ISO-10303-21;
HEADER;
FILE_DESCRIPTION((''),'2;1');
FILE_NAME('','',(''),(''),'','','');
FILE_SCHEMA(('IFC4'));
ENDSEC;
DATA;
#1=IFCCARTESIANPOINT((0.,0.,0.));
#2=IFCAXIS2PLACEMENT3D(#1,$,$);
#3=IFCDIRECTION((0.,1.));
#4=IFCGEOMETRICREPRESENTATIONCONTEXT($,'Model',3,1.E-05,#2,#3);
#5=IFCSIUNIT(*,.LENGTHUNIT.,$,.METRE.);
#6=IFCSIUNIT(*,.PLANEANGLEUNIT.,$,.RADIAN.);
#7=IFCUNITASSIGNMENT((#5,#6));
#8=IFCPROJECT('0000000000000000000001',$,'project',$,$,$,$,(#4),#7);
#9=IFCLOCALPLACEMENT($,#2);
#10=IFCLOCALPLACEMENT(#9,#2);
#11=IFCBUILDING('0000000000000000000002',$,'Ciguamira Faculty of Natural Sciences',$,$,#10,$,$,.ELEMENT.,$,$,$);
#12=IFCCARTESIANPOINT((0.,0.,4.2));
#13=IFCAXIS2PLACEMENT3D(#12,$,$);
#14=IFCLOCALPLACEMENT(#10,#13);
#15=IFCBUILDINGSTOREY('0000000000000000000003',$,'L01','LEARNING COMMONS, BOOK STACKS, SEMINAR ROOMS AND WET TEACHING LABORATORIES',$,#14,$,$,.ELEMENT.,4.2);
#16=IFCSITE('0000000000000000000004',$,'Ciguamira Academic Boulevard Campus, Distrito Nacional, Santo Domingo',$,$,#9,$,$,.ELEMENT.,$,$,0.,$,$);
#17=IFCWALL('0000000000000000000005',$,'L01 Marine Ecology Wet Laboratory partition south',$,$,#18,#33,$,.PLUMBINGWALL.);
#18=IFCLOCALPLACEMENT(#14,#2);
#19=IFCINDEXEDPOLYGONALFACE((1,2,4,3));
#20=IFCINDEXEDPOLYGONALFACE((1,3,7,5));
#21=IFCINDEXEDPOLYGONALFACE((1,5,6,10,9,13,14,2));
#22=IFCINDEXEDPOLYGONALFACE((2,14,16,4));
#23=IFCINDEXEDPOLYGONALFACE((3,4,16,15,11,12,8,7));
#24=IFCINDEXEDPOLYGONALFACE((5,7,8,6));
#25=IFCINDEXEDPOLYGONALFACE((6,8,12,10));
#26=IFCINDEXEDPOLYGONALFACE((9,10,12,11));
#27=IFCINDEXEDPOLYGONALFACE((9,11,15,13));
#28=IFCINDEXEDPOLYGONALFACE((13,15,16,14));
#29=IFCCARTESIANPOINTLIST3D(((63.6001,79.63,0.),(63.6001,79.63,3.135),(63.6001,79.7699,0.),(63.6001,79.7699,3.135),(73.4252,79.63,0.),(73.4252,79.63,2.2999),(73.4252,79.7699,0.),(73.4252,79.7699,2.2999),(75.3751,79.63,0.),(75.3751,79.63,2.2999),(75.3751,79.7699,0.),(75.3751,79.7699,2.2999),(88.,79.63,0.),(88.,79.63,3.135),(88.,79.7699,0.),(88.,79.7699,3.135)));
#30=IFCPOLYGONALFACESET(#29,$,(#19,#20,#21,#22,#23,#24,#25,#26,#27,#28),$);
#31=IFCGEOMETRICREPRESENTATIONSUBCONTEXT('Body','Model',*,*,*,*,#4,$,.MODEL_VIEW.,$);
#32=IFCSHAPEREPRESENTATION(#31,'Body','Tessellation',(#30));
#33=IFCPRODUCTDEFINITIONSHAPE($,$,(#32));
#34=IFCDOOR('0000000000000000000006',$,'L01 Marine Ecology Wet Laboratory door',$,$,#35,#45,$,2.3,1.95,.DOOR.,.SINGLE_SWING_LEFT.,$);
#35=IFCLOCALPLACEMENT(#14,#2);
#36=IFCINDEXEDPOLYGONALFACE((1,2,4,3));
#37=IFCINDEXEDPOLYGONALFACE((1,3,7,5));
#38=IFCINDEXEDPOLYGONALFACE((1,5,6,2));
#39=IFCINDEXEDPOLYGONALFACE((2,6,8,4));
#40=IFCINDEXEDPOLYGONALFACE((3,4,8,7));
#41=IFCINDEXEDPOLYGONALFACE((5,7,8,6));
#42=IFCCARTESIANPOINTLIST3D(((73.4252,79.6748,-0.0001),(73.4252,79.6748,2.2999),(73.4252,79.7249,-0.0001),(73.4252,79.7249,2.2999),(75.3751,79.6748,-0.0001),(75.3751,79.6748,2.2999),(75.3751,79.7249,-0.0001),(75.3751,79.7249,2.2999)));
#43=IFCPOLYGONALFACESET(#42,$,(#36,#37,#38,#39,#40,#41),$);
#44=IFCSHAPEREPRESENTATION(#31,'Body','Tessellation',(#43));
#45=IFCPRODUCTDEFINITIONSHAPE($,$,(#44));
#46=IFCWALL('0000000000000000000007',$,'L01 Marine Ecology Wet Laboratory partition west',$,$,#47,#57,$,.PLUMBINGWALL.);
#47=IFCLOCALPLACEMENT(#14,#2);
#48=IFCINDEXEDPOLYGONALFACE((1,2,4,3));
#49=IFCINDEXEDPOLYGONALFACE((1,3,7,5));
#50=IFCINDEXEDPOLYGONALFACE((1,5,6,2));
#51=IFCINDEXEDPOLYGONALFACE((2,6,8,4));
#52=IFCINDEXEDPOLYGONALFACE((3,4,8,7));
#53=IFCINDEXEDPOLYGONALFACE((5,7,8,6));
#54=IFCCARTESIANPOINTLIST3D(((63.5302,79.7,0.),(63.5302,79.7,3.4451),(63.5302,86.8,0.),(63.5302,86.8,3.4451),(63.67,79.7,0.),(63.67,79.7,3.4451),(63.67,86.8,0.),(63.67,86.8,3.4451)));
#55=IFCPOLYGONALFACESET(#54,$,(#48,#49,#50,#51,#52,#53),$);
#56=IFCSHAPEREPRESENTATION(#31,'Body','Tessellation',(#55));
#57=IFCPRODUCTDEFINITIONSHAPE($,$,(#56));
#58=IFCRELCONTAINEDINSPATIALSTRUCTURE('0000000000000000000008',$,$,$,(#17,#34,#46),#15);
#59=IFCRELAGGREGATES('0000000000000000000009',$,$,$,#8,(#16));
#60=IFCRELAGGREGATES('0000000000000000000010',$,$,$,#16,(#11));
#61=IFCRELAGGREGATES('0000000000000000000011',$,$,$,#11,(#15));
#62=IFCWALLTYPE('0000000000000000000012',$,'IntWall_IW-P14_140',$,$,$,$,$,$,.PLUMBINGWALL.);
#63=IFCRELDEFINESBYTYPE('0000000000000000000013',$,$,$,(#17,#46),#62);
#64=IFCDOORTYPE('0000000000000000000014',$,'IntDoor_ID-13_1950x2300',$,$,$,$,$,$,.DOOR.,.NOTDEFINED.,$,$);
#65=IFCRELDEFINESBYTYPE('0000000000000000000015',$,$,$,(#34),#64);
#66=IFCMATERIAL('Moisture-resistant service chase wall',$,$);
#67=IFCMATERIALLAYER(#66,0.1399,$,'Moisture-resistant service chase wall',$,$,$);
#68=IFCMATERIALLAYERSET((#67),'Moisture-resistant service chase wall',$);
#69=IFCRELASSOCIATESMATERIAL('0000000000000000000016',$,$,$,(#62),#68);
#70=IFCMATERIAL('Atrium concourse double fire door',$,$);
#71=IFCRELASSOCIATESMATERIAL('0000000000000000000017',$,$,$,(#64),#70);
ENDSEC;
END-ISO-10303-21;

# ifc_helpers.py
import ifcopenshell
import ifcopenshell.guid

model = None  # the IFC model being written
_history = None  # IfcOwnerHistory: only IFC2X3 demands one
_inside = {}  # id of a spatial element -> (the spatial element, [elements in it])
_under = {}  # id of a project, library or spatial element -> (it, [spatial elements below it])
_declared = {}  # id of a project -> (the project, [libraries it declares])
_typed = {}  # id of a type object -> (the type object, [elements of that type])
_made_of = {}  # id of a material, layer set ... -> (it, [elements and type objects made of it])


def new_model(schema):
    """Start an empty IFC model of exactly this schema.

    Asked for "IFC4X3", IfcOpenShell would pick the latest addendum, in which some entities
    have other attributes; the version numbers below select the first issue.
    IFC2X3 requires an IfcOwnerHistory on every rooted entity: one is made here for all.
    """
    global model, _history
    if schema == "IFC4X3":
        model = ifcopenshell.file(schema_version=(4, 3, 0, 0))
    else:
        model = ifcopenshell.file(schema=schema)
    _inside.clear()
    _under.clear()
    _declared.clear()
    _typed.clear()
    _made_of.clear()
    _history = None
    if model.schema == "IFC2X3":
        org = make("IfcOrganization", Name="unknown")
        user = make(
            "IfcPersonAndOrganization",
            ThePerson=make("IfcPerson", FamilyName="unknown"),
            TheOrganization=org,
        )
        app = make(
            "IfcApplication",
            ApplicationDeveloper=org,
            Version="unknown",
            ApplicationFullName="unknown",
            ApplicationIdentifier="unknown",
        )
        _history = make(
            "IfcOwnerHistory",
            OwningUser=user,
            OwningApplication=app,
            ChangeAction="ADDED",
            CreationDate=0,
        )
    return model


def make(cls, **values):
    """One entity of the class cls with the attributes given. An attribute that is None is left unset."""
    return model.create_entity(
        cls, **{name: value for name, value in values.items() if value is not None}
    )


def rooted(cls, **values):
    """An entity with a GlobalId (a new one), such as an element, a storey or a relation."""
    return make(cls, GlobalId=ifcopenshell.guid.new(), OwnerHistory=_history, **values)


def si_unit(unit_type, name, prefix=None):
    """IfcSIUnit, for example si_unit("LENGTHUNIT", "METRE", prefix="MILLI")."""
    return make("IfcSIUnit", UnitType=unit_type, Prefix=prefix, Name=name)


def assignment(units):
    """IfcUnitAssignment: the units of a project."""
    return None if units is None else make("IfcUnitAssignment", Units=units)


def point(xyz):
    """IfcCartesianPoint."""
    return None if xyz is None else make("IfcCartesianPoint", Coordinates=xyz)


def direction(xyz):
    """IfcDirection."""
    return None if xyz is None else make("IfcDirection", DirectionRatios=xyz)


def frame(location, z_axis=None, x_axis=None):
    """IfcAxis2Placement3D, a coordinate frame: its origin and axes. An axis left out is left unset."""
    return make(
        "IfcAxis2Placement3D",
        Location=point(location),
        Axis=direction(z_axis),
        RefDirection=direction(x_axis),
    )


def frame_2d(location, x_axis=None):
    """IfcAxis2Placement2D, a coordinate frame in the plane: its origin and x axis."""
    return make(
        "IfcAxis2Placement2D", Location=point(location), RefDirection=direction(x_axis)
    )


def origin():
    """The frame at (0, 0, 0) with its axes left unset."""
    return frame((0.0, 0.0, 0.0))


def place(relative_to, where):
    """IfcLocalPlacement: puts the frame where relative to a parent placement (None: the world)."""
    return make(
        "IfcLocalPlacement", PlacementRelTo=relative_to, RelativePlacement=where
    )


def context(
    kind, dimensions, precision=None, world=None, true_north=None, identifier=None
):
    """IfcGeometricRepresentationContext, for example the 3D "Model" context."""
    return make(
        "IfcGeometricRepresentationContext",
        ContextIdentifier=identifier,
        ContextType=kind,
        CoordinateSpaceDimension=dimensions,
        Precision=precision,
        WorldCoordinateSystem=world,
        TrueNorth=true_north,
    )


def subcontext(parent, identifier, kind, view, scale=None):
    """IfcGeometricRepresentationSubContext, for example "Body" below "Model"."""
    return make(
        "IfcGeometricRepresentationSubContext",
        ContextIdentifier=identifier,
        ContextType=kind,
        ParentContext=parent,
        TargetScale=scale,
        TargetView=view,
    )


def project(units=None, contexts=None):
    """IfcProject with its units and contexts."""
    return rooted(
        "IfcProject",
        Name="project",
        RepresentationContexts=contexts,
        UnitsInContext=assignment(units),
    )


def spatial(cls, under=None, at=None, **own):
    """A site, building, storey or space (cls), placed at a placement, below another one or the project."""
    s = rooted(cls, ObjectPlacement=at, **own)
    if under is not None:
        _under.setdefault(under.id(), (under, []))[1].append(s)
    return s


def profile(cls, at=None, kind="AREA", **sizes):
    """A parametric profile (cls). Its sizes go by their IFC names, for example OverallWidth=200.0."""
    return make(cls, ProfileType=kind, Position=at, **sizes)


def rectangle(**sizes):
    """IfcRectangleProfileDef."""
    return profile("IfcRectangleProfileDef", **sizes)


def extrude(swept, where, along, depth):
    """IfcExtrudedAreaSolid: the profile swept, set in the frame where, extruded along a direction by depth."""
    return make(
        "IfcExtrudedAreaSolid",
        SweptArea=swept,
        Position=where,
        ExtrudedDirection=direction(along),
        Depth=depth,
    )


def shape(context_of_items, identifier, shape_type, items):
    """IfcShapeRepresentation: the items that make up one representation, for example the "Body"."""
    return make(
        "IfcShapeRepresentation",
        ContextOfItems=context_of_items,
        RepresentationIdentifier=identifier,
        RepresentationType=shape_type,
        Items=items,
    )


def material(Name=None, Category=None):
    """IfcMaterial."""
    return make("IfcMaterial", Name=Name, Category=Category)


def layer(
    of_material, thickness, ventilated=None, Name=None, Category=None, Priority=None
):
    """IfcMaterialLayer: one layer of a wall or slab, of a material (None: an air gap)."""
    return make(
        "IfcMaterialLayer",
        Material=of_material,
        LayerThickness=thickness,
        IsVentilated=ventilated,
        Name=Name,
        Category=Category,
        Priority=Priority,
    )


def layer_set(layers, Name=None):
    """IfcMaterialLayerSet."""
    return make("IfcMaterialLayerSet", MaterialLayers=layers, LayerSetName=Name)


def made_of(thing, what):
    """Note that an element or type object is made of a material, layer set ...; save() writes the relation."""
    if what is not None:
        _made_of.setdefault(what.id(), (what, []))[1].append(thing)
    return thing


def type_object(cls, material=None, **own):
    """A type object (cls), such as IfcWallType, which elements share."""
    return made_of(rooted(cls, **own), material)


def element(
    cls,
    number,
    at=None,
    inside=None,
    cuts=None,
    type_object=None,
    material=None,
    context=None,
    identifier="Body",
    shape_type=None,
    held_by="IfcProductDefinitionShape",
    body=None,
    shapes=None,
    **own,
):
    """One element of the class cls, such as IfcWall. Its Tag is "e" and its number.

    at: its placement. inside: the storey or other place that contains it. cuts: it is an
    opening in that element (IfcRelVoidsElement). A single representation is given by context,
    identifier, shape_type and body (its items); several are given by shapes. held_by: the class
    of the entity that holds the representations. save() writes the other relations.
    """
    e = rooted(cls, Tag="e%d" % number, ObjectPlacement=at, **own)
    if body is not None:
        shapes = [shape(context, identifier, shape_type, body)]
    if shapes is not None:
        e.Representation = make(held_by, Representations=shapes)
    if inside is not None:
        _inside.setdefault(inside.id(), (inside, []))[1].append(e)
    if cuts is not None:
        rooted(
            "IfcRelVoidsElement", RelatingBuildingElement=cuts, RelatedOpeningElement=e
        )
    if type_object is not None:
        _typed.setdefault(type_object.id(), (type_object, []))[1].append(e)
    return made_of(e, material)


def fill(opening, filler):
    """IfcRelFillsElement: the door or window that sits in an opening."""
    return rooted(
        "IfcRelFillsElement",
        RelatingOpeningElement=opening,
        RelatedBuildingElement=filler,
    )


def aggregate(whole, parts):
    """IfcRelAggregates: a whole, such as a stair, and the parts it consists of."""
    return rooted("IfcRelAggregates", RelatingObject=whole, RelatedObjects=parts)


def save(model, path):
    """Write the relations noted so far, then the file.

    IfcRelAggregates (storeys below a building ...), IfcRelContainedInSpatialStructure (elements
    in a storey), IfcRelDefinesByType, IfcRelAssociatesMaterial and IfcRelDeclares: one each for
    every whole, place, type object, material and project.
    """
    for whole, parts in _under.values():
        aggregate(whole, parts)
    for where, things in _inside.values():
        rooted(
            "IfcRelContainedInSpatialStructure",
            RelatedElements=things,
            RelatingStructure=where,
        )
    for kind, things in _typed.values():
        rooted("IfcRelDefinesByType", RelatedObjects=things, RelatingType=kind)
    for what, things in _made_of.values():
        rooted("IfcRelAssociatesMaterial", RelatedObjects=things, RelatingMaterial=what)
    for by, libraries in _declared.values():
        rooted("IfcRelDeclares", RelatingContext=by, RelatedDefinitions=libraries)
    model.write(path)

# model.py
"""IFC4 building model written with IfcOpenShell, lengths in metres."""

from ifc_helpers import new_model, si_unit, direction, frame, frame_2d, origin, place, context, subcontext, project, spatial, rectangle, extrude, material, layer, layer_set, type_object, element, fill, save


model = new_model("IFC4")

# Units and contexts
model_context = context("Model", 3, precision=1e-05, world=origin(), true_north=direction((0.0, 1.0)))
body_context = subcontext(model_context, "Body", "Model", "MODEL_VIEW")
ifc_project = project(units=[si_unit("LENGTHUNIT", "METRE"), si_unit("PLANEANGLEUNIT", "RADIAN")], contexts=[model_context])

# Site, building, storey
site_placement = place(None, origin())
site = spatial("IfcSite", under=ifc_project, at=site_placement, Name="Ciguamira Academic Boulevard Campus, Distrito Nacional, Santo Domingo", CompositionType="ELEMENT", RefElevation=0.0)
building_placement = place(site_placement, origin())
building = spatial("IfcBuilding", under=site, at=building_placement, Name="Ciguamira Faculty of Natural Sciences", CompositionType="ELEMENT")
storey_placement = place(building_placement, frame((0.0, 0.0, 4.2)))
storey = spatial("IfcBuildingStorey", under=building, at=storey_placement, Name="L01", Description="LEARNING COMMONS, BOOK STACKS, SEMINAR ROOMS AND WET TEACHING LABORATORIES", CompositionType="ELEMENT", Elevation=4.2)

# Wall, opening, door
ifc_material_1 = material(Name="Moisture-resistant service chase wall")
ifc_layer_1 = layer(ifc_material_1, 0.1399, Name="Moisture-resistant service chase wall")
ifc_layer_set_1 = layer_set([ifc_layer_1], Name="Moisture-resistant service chase wall")
wall_type_1 = type_object("IfcWallType", Name="IntWall_IW-P14_140", PredefinedType="PLUMBINGWALL", material=ifc_layer_set_1)
wall_1_placement = place(storey_placement, frame((63.6001, 79.7, 0.0), z_axis=(0.0, 0.0, 1.0), x_axis=(1.0, 0.0, 0.0)))
wall_1 = element("IfcWall", 1, at=wall_1_placement, inside=storey, type_object=wall_type_1, Name="L01 Marine Ecology Wet Laboratory partition south", PredefinedType="PLUMBINGWALL", context=body_context, shape_type="SweptSolid", body=[
    extrude(rectangle(XDim=24.3999, YDim=0.1399, at=frame_2d((12.2, 0.0))), origin(), (0.0, 0.0, 1.0), 3.135),
])
opening_1_placement = place(wall_1_placement, frame((9.825, 0.0, 0.0)))
opening_1 = element("IfcOpeningElement", 2, at=opening_1_placement, cuts=wall_1, PredefinedType="OPENING", context=body_context, shape_type="SweptSolid", body=[
    extrude(rectangle(XDim=1.95, YDim=2.3, at=frame_2d((0.9751, 1.1499))), frame((0.0, 0.0798, 0.0), z_axis=(0.0, -1.0, 0.0), x_axis=(1.0, 0.0, 0.0)), (0.0, 0.0, 1.0), 0.1599),
])
ifc_material_2 = material(Name="Atrium concourse double fire door")
door_type_1 = type_object("IfcDoorType", Name="IntDoor_ID-13_1950x2300", OperationType="NOTDEFINED", PredefinedType="DOOR", material=ifc_material_2)
door_1_placement = place(opening_1_placement, origin())
door_1 = element("IfcDoor", 3, at=door_1_placement, inside=storey, type_object=door_type_1, Name="L01 Marine Ecology Wet Laboratory door", OperationType="SINGLE_SWING_LEFT", OverallHeight=2.3, OverallWidth=1.95, PredefinedType="DOOR", context=body_context, shape_type="SweptSolid", body=[
    extrude(rectangle(XDim=1.95, YDim=2.3, at=frame_2d((0.9751, 1.1499))), frame((0.0, 0.0249, 0.0), z_axis=(0.0, -1.0, 0.0), x_axis=(1.0, 0.0, 0.0)), (0.0, 0.0, 1.0), 0.05),
])
fill(opening_1, door_1)

# Wall
wall_2_placement = place(storey_placement, frame((63.6001, 79.7, 0.0), z_axis=(0.0, 0.0, 1.0), x_axis=(0.0, 1.0, 0.0)))
element("IfcWall", 4, at=wall_2_placement, inside=storey, type_object=wall_type_1, Name="L01 Marine Ecology Wet Laboratory partition west", PredefinedType="PLUMBINGWALL", context=body_context, shape_type="SweptSolid", body=[
    extrude(rectangle(XDim=7.1001, YDim=0.1399, at=frame_2d((3.55, 0.0))), origin(), (0.0, 0.0, 1.0), 3.4451),
])

save(model, "model.ifc")
